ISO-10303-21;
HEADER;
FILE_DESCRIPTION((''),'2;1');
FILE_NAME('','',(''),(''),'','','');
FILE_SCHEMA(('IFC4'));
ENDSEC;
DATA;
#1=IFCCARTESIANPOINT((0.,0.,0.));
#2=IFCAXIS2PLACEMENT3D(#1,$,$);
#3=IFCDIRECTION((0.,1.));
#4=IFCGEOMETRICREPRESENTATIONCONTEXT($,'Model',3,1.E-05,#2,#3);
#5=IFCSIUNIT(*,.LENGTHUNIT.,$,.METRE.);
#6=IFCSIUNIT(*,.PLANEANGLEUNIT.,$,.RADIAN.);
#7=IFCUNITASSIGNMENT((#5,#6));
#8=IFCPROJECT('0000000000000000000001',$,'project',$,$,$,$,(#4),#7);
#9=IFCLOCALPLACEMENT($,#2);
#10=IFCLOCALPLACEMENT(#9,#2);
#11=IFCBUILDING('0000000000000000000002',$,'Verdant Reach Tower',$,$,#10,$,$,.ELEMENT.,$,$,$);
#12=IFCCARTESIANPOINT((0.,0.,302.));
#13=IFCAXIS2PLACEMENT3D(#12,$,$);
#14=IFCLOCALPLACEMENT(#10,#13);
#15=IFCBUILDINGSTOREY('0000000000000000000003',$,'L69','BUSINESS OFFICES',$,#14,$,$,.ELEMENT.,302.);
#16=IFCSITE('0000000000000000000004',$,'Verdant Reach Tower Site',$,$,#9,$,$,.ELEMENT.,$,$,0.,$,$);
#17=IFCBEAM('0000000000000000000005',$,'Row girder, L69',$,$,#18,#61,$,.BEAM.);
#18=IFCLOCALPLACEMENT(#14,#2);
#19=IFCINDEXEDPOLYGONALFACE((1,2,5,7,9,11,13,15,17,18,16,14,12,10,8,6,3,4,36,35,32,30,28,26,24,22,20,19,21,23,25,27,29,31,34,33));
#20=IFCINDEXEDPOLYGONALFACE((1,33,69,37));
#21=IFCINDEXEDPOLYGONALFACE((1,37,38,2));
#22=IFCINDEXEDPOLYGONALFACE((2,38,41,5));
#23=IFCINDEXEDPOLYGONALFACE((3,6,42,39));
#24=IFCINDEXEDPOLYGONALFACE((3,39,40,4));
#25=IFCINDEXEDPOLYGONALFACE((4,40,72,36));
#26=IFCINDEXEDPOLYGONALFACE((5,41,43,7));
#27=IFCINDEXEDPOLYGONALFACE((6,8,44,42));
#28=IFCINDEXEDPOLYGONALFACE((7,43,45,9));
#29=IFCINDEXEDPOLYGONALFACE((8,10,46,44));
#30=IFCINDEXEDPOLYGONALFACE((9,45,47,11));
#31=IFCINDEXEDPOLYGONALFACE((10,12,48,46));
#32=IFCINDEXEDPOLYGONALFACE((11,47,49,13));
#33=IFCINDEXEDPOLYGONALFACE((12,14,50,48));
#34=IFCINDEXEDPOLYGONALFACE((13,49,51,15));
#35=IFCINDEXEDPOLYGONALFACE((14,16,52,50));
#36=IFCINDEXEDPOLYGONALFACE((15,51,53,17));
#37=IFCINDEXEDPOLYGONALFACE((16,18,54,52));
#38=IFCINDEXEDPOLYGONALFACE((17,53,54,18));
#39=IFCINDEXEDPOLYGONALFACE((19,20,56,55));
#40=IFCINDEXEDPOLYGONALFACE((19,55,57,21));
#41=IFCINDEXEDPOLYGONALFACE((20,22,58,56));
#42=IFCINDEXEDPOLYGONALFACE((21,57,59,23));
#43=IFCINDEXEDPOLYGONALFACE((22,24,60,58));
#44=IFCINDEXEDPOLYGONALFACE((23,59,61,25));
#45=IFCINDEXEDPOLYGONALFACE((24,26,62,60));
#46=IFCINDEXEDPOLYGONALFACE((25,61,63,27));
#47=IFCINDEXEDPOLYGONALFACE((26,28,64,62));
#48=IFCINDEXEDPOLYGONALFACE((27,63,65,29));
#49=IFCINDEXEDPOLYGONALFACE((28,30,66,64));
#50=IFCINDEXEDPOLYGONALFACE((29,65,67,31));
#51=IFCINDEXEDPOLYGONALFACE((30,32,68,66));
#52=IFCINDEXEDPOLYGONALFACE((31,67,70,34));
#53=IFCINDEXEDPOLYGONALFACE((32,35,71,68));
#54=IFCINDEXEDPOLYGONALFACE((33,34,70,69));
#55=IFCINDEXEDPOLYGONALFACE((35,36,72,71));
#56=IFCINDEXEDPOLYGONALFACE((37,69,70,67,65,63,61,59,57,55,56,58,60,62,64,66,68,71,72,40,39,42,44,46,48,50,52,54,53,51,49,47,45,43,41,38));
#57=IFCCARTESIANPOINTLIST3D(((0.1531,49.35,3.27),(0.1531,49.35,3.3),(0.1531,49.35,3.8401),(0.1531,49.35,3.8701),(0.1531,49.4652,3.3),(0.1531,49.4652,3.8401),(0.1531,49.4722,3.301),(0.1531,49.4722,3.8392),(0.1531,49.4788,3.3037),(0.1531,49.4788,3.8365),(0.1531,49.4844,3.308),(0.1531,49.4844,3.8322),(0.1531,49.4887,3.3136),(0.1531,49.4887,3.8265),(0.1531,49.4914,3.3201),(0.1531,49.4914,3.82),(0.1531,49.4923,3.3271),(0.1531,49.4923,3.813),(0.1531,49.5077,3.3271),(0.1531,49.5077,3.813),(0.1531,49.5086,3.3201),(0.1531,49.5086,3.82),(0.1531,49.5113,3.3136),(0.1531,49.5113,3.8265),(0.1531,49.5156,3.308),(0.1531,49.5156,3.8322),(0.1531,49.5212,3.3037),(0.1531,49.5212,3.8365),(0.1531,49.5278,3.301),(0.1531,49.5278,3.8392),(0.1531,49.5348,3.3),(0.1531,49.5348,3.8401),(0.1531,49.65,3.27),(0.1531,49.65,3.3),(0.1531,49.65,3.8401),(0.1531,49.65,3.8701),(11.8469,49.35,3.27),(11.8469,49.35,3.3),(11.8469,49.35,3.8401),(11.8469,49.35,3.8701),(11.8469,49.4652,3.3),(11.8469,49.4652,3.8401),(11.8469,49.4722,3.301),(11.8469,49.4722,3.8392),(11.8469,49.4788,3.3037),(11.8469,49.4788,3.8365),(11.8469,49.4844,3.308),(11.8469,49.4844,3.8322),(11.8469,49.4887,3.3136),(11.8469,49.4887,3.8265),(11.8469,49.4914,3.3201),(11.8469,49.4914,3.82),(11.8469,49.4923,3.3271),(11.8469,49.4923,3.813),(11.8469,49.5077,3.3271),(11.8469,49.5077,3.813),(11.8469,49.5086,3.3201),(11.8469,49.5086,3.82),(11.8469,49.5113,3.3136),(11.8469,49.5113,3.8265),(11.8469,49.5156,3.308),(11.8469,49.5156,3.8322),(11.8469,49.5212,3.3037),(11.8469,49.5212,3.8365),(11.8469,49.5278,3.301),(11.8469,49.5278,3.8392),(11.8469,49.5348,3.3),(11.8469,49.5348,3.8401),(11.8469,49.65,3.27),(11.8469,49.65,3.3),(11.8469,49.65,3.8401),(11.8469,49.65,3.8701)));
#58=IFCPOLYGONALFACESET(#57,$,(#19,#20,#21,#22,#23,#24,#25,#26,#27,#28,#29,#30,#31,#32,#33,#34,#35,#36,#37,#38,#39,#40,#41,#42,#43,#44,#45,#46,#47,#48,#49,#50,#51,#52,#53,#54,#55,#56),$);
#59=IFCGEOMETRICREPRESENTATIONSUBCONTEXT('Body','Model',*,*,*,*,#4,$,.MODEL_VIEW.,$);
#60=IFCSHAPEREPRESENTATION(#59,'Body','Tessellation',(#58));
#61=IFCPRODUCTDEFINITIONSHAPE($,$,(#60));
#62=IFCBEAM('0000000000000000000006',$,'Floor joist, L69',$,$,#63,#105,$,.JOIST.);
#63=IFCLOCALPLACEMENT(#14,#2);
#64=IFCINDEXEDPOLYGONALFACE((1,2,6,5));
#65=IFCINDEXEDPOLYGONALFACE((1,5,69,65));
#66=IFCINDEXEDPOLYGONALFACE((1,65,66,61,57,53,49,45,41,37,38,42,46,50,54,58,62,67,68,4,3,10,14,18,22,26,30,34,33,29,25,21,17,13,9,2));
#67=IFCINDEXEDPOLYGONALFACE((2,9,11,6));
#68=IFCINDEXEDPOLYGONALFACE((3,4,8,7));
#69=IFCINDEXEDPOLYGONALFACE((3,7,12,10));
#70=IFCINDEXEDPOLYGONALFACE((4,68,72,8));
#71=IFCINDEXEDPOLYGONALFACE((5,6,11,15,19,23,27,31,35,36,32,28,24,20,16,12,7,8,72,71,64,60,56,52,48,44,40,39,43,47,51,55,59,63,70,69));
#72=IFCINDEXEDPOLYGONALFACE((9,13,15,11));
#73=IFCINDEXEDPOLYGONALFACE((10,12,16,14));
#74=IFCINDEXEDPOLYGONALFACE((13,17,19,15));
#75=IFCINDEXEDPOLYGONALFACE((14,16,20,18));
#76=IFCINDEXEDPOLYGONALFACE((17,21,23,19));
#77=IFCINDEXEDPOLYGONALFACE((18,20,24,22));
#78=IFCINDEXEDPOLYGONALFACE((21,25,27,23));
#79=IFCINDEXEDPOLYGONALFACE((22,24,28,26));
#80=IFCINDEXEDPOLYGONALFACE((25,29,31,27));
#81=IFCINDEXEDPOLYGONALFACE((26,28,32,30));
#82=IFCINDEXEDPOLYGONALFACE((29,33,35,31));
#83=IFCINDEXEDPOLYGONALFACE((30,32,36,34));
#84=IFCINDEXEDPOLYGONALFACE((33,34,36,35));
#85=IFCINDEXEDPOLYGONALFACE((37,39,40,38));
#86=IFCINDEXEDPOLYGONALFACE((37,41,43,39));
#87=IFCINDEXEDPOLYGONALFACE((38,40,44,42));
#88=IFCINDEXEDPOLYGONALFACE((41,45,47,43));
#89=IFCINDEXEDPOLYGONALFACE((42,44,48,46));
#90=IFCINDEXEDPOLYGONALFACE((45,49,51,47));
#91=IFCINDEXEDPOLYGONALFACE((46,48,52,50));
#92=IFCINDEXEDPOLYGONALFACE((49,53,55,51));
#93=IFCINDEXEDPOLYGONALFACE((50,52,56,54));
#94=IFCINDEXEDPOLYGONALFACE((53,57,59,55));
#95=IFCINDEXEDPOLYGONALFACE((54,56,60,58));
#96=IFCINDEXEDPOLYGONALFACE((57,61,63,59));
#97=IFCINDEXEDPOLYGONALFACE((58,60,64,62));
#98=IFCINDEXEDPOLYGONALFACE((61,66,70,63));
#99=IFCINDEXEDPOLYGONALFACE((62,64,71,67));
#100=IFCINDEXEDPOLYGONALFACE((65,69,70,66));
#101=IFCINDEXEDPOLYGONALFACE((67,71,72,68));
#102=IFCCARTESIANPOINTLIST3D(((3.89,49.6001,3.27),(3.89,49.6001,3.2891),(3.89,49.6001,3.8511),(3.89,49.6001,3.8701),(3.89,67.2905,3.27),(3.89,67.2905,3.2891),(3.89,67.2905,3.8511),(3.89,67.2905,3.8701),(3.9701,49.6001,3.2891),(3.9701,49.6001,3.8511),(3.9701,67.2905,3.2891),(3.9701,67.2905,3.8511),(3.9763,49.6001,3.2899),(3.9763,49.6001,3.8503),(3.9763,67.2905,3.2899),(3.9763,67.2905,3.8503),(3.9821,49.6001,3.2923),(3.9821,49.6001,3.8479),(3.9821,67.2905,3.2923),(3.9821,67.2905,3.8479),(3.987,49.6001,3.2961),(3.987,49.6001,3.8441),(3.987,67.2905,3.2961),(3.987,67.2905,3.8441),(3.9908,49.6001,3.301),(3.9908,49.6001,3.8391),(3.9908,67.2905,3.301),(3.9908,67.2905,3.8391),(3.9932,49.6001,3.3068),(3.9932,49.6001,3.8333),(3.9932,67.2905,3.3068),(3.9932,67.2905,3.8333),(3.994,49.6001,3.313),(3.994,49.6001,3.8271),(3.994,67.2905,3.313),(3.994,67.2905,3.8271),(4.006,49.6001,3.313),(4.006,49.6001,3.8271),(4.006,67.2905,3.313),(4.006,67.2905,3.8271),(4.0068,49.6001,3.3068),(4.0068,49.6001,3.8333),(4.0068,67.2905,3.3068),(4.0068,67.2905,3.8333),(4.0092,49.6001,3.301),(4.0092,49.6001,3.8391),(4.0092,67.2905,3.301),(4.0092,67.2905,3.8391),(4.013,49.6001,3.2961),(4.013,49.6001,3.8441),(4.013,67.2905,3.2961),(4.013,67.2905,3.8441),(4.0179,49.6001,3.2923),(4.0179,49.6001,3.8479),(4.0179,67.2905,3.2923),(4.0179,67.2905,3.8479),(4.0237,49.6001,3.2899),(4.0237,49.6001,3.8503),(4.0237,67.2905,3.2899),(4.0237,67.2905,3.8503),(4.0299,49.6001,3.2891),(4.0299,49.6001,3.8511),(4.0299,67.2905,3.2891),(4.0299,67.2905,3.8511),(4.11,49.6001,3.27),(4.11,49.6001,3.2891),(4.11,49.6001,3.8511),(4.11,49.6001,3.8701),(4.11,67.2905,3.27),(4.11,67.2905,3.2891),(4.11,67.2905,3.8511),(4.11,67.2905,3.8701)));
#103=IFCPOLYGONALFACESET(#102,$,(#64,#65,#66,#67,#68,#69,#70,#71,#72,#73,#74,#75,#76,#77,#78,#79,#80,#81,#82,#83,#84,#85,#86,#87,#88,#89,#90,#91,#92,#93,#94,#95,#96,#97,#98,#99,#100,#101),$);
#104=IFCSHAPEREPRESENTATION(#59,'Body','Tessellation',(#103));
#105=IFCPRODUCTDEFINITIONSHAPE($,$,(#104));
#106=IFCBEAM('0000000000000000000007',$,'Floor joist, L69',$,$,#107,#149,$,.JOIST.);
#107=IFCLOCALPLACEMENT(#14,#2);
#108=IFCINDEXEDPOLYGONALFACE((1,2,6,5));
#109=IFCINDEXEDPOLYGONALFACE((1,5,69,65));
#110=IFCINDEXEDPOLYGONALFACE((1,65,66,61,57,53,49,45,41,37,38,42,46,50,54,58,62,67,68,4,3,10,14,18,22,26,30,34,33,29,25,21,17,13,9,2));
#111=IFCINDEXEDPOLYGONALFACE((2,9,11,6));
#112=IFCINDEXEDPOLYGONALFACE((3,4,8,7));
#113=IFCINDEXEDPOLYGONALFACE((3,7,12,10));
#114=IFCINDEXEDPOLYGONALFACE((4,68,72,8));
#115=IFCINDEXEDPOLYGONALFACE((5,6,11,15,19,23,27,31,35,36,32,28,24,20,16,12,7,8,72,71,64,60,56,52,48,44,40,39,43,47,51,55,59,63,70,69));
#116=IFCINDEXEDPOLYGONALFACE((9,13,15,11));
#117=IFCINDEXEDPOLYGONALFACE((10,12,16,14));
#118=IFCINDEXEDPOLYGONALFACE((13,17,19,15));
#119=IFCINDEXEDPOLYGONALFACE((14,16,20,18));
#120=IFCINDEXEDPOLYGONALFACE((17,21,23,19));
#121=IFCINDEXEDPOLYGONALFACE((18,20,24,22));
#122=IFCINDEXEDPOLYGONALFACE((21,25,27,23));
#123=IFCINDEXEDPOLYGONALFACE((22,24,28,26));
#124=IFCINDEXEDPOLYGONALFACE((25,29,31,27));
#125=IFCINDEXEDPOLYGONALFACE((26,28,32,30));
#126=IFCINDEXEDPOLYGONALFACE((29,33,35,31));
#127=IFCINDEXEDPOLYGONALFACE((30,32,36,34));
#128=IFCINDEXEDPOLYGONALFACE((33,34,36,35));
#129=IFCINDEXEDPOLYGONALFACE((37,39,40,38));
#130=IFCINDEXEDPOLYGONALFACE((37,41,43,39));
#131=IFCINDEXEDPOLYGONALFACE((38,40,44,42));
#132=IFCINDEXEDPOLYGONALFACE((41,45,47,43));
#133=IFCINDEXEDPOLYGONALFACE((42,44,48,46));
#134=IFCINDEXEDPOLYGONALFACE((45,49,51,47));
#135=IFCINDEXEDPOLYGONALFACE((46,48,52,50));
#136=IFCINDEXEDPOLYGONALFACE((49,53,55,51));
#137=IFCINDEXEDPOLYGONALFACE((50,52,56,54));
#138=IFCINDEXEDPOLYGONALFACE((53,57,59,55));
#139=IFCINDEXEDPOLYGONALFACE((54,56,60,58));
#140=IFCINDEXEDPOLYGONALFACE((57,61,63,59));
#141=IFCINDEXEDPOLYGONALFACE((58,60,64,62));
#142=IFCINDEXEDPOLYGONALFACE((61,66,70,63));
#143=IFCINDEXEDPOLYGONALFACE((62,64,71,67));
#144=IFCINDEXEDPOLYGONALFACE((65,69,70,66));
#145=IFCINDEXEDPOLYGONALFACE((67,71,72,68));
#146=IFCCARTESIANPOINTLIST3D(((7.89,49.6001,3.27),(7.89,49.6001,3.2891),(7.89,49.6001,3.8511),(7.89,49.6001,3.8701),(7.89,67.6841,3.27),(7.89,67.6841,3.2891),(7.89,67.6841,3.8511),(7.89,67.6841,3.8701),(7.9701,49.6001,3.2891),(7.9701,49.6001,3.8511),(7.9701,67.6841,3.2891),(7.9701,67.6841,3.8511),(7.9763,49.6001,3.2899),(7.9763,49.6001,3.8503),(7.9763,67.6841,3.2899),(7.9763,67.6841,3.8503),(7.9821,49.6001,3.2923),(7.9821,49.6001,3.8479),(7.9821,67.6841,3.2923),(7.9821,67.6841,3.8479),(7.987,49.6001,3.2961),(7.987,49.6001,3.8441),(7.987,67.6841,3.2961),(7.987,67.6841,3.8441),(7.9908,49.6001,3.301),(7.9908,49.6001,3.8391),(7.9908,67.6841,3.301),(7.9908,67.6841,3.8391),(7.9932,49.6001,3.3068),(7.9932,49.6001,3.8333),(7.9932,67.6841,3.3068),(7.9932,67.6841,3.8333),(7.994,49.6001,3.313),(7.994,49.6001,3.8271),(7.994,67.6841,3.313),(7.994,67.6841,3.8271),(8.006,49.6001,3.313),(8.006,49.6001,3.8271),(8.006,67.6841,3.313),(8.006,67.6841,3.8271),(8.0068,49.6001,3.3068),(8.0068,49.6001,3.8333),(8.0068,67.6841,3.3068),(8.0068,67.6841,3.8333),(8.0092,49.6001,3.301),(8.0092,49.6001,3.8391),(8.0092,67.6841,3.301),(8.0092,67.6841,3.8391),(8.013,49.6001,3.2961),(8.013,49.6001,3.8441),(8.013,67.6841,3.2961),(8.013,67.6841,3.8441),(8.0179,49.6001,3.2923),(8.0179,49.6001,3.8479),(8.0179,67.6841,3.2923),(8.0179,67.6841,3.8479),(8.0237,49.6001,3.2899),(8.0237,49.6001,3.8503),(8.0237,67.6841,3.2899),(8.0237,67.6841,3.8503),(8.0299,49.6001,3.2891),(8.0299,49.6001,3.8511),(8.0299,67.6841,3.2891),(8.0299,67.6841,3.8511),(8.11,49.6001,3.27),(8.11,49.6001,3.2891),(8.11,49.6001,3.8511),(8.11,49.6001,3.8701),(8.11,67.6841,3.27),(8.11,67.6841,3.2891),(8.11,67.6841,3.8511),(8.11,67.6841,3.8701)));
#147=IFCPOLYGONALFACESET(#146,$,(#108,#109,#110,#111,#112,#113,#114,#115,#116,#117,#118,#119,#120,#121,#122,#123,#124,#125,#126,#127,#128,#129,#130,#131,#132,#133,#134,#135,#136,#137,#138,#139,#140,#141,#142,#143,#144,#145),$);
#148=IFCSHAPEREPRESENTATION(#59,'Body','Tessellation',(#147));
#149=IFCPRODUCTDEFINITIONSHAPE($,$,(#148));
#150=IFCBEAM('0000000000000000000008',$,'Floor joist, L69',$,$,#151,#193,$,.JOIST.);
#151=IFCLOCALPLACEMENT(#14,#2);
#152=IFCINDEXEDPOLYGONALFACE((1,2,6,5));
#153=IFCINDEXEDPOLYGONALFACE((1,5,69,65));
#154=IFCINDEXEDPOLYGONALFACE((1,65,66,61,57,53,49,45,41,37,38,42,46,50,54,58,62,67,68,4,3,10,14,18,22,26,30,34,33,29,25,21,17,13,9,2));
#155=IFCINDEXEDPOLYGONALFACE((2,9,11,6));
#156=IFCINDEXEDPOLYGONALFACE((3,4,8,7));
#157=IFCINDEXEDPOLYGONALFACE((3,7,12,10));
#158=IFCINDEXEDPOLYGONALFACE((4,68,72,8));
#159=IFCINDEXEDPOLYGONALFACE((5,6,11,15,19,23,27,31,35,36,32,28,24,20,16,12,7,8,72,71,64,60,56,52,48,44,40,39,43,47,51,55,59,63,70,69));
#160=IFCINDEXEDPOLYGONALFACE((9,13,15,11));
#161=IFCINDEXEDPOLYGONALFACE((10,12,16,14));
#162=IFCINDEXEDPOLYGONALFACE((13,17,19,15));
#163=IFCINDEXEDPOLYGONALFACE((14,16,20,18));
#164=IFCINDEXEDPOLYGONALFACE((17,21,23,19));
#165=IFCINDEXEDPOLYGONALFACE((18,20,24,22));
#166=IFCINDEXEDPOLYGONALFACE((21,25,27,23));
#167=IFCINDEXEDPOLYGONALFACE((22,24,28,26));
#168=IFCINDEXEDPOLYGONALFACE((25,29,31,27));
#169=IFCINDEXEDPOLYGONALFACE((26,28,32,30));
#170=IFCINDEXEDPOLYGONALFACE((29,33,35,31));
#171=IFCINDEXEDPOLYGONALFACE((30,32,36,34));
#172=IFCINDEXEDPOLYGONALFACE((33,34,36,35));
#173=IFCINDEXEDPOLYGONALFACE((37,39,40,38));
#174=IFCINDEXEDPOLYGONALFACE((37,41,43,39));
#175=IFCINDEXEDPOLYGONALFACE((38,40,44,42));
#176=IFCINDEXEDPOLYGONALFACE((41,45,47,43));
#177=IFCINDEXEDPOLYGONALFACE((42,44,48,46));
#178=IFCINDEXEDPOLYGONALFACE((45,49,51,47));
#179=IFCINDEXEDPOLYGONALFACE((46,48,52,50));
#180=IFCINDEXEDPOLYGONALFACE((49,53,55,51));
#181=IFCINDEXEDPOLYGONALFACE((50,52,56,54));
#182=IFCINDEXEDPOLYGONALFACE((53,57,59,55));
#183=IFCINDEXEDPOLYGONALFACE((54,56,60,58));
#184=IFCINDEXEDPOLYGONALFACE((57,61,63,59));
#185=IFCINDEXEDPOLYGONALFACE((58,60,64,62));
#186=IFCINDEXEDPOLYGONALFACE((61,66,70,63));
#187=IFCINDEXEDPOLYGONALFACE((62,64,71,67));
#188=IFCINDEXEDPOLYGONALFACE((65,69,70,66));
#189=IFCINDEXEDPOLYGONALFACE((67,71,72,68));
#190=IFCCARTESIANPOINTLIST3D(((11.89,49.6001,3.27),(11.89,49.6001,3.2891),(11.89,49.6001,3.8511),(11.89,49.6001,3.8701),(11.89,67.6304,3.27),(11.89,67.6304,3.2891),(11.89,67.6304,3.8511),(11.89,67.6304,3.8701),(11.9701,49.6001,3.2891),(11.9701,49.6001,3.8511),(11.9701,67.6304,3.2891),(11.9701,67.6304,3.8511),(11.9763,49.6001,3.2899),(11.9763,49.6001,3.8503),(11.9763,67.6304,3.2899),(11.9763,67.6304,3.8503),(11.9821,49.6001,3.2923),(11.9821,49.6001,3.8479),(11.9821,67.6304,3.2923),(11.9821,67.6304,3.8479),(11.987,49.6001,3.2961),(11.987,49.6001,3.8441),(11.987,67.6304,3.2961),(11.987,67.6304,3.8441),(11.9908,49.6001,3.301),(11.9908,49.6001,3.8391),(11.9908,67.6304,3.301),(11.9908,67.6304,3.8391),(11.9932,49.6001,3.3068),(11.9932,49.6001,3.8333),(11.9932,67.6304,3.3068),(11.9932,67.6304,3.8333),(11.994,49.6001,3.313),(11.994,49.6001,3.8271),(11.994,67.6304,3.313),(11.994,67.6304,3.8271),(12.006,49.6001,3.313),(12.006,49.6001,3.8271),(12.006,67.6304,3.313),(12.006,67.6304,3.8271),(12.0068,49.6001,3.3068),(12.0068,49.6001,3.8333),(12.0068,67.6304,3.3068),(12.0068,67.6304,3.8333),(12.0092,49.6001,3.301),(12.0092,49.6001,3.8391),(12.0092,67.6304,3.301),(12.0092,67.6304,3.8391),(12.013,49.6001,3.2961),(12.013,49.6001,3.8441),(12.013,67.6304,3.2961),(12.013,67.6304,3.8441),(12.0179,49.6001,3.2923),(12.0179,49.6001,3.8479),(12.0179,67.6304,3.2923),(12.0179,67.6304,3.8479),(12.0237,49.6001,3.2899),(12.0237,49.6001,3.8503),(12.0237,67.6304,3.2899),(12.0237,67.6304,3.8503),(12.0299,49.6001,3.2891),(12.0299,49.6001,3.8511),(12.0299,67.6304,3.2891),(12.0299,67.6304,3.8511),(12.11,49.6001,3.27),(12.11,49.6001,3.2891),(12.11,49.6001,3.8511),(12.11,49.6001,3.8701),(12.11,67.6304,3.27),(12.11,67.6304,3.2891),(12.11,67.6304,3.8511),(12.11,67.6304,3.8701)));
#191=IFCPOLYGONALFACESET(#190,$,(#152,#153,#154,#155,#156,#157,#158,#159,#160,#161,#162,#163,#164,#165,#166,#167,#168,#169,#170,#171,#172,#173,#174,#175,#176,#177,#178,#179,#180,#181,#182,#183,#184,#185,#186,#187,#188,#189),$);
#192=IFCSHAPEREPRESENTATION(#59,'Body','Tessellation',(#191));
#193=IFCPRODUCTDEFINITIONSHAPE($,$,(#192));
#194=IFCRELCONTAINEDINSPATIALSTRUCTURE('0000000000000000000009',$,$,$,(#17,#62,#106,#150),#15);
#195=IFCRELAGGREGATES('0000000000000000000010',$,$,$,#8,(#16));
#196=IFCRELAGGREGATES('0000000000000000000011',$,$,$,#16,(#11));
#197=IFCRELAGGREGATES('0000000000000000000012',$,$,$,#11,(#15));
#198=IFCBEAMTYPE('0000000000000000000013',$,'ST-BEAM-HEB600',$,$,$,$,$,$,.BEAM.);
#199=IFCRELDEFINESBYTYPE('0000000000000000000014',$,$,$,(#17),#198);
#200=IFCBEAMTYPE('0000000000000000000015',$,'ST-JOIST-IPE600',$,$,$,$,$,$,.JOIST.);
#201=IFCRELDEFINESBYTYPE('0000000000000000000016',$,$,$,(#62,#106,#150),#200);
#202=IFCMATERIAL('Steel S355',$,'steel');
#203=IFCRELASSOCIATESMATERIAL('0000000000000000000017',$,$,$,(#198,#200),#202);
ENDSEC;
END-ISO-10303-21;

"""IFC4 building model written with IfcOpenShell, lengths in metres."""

from ifc_helpers import new_model, si_unit, direction, frame, origin, origin_2d, place, context, subcontext, project, spatial, i_section, extrude, material, material_profile, profile_set, type_object, element, save


model = new_model("IFC4")

# Units and contexts
model_context = context("Model", 3, precision=1e-05, world=origin(), true_north=direction((0.0, 1.0)))
body_context = subcontext(model_context, "Body", "Model", "MODEL_VIEW")
ifc_project = project(units=[si_unit("LENGTHUNIT", "METRE"), si_unit("PLANEANGLEUNIT", "RADIAN")], contexts=[model_context])

# Site, building, storey
site_placement = place(None, origin())
site = spatial("IfcSite", under=ifc_project, at=site_placement, Name="Verdant Reach Tower Site", CompositionType="ELEMENT", RefElevation=0.0)
building_placement = place(site_placement, origin())
building = spatial("IfcBuilding", under=site, at=building_placement, Name="Verdant Reach Tower", CompositionType="ELEMENT")
storey_placement = place(building_placement, frame((0.0, 0.0, 302.0)))
storey = spatial("IfcBuildingStorey", under=building, at=storey_placement, Name="L69", Description="BUSINESS OFFICES", CompositionType="ELEMENT", Elevation=302.0)

# Beams
ifc_material_1 = material(Name="Steel S355", Category="steel")
ifc_material_profile_1 = material_profile(ifc_material_1, i_section(OverallWidth=0.3, OverallDepth=0.6001, WebThickness=0.0154, FlangeThickness=0.03, FilletRadius=0.0271, at=origin_2d()), Name="HEB 600")
ifc_profile_set_1 = profile_set([ifc_material_profile_1], Name="Steel S355")
beam_type_1 = type_object("IfcBeamType", Name="ST-BEAM-HEB600", PredefinedType="BEAM", material=ifc_profile_set_1)
beam_1_placement = place(storey_placement, frame((0.1531, 49.5, 3.5701), z_axis=(1.0, 0.0, 0.0), x_axis=(0.0, 1.0, 0.0)))
element("IfcBeam", 1, at=beam_1_placement, inside=storey, type_object=beam_type_1, Name="Row girder, L69", PredefinedType="BEAM", context=body_context, shape_type="SweptSolid", body=[
    extrude(i_section(OverallWidth=0.3, OverallDepth=0.6001, WebThickness=0.0154, FlangeThickness=0.03, FilletRadius=0.0271, at=origin_2d()), origin(), (0.0, 0.0, 1.0), 11.6938),
])
ifc_material_profile_2 = material_profile(ifc_material_1, i_section(OverallWidth=0.22, OverallDepth=0.6001, WebThickness=0.012, FlangeThickness=0.019, FilletRadius=0.0239, at=origin_2d()), Name="IPE 600")
ifc_profile_set_2 = profile_set([ifc_material_profile_2], Name="Steel S355")
beam_type_2 = type_object("IfcBeamType", Name="ST-JOIST-IPE600", PredefinedType="JOIST", material=ifc_profile_set_2)
beam_2_placement = place(storey_placement, frame((4.0, 49.6001, 3.5701), z_axis=(0.0, 1.0, 0.0), x_axis=(-1.0, 0.0, 0.0)))
element("IfcBeam", 2, at=beam_2_placement, inside=storey, type_object=beam_type_2, Name="Floor joist, L69", PredefinedType="JOIST", context=body_context, shape_type="SweptSolid", body=[
    extrude(i_section(OverallWidth=0.22, OverallDepth=0.6001, WebThickness=0.012, FlangeThickness=0.019, FilletRadius=0.0239, at=origin_2d()), origin(), (0.0, 0.0, 1.0), 17.6904),
])
beam_3_placement = place(storey_placement, frame((8.0, 49.6001, 3.5701), z_axis=(0.0, 1.0, 0.0), x_axis=(-1.0, 0.0, 0.0)))
element("IfcBeam", 3, at=beam_3_placement, inside=storey, type_object=beam_type_2, Name="Floor joist, L69", PredefinedType="JOIST", context=body_context, shape_type="SweptSolid", body=[
    extrude(i_section(OverallWidth=0.22, OverallDepth=0.6001, WebThickness=0.012, FlangeThickness=0.019, FilletRadius=0.0239, at=origin_2d()), origin(), (0.0, 0.0, 1.0), 18.084),
])
beam_4_placement = place(storey_placement, frame((12.0, 49.6001, 3.5701), z_axis=(0.0, 1.0, 0.0), x_axis=(-1.0, 0.0, 0.0)))
element("IfcBeam", 4, at=beam_4_placement, inside=storey, type_object=beam_type_2, Name="Floor joist, L69", PredefinedType="JOIST", context=body_context, shape_type="SweptSolid", body=[
    extrude(i_section(OverallWidth=0.22, OverallDepth=0.6001, WebThickness=0.012, FlangeThickness=0.019, FilletRadius=0.0239, at=origin_2d()), origin(), (0.0, 0.0, 1.0), 18.0303),
])

save(model, "model.ifc")
